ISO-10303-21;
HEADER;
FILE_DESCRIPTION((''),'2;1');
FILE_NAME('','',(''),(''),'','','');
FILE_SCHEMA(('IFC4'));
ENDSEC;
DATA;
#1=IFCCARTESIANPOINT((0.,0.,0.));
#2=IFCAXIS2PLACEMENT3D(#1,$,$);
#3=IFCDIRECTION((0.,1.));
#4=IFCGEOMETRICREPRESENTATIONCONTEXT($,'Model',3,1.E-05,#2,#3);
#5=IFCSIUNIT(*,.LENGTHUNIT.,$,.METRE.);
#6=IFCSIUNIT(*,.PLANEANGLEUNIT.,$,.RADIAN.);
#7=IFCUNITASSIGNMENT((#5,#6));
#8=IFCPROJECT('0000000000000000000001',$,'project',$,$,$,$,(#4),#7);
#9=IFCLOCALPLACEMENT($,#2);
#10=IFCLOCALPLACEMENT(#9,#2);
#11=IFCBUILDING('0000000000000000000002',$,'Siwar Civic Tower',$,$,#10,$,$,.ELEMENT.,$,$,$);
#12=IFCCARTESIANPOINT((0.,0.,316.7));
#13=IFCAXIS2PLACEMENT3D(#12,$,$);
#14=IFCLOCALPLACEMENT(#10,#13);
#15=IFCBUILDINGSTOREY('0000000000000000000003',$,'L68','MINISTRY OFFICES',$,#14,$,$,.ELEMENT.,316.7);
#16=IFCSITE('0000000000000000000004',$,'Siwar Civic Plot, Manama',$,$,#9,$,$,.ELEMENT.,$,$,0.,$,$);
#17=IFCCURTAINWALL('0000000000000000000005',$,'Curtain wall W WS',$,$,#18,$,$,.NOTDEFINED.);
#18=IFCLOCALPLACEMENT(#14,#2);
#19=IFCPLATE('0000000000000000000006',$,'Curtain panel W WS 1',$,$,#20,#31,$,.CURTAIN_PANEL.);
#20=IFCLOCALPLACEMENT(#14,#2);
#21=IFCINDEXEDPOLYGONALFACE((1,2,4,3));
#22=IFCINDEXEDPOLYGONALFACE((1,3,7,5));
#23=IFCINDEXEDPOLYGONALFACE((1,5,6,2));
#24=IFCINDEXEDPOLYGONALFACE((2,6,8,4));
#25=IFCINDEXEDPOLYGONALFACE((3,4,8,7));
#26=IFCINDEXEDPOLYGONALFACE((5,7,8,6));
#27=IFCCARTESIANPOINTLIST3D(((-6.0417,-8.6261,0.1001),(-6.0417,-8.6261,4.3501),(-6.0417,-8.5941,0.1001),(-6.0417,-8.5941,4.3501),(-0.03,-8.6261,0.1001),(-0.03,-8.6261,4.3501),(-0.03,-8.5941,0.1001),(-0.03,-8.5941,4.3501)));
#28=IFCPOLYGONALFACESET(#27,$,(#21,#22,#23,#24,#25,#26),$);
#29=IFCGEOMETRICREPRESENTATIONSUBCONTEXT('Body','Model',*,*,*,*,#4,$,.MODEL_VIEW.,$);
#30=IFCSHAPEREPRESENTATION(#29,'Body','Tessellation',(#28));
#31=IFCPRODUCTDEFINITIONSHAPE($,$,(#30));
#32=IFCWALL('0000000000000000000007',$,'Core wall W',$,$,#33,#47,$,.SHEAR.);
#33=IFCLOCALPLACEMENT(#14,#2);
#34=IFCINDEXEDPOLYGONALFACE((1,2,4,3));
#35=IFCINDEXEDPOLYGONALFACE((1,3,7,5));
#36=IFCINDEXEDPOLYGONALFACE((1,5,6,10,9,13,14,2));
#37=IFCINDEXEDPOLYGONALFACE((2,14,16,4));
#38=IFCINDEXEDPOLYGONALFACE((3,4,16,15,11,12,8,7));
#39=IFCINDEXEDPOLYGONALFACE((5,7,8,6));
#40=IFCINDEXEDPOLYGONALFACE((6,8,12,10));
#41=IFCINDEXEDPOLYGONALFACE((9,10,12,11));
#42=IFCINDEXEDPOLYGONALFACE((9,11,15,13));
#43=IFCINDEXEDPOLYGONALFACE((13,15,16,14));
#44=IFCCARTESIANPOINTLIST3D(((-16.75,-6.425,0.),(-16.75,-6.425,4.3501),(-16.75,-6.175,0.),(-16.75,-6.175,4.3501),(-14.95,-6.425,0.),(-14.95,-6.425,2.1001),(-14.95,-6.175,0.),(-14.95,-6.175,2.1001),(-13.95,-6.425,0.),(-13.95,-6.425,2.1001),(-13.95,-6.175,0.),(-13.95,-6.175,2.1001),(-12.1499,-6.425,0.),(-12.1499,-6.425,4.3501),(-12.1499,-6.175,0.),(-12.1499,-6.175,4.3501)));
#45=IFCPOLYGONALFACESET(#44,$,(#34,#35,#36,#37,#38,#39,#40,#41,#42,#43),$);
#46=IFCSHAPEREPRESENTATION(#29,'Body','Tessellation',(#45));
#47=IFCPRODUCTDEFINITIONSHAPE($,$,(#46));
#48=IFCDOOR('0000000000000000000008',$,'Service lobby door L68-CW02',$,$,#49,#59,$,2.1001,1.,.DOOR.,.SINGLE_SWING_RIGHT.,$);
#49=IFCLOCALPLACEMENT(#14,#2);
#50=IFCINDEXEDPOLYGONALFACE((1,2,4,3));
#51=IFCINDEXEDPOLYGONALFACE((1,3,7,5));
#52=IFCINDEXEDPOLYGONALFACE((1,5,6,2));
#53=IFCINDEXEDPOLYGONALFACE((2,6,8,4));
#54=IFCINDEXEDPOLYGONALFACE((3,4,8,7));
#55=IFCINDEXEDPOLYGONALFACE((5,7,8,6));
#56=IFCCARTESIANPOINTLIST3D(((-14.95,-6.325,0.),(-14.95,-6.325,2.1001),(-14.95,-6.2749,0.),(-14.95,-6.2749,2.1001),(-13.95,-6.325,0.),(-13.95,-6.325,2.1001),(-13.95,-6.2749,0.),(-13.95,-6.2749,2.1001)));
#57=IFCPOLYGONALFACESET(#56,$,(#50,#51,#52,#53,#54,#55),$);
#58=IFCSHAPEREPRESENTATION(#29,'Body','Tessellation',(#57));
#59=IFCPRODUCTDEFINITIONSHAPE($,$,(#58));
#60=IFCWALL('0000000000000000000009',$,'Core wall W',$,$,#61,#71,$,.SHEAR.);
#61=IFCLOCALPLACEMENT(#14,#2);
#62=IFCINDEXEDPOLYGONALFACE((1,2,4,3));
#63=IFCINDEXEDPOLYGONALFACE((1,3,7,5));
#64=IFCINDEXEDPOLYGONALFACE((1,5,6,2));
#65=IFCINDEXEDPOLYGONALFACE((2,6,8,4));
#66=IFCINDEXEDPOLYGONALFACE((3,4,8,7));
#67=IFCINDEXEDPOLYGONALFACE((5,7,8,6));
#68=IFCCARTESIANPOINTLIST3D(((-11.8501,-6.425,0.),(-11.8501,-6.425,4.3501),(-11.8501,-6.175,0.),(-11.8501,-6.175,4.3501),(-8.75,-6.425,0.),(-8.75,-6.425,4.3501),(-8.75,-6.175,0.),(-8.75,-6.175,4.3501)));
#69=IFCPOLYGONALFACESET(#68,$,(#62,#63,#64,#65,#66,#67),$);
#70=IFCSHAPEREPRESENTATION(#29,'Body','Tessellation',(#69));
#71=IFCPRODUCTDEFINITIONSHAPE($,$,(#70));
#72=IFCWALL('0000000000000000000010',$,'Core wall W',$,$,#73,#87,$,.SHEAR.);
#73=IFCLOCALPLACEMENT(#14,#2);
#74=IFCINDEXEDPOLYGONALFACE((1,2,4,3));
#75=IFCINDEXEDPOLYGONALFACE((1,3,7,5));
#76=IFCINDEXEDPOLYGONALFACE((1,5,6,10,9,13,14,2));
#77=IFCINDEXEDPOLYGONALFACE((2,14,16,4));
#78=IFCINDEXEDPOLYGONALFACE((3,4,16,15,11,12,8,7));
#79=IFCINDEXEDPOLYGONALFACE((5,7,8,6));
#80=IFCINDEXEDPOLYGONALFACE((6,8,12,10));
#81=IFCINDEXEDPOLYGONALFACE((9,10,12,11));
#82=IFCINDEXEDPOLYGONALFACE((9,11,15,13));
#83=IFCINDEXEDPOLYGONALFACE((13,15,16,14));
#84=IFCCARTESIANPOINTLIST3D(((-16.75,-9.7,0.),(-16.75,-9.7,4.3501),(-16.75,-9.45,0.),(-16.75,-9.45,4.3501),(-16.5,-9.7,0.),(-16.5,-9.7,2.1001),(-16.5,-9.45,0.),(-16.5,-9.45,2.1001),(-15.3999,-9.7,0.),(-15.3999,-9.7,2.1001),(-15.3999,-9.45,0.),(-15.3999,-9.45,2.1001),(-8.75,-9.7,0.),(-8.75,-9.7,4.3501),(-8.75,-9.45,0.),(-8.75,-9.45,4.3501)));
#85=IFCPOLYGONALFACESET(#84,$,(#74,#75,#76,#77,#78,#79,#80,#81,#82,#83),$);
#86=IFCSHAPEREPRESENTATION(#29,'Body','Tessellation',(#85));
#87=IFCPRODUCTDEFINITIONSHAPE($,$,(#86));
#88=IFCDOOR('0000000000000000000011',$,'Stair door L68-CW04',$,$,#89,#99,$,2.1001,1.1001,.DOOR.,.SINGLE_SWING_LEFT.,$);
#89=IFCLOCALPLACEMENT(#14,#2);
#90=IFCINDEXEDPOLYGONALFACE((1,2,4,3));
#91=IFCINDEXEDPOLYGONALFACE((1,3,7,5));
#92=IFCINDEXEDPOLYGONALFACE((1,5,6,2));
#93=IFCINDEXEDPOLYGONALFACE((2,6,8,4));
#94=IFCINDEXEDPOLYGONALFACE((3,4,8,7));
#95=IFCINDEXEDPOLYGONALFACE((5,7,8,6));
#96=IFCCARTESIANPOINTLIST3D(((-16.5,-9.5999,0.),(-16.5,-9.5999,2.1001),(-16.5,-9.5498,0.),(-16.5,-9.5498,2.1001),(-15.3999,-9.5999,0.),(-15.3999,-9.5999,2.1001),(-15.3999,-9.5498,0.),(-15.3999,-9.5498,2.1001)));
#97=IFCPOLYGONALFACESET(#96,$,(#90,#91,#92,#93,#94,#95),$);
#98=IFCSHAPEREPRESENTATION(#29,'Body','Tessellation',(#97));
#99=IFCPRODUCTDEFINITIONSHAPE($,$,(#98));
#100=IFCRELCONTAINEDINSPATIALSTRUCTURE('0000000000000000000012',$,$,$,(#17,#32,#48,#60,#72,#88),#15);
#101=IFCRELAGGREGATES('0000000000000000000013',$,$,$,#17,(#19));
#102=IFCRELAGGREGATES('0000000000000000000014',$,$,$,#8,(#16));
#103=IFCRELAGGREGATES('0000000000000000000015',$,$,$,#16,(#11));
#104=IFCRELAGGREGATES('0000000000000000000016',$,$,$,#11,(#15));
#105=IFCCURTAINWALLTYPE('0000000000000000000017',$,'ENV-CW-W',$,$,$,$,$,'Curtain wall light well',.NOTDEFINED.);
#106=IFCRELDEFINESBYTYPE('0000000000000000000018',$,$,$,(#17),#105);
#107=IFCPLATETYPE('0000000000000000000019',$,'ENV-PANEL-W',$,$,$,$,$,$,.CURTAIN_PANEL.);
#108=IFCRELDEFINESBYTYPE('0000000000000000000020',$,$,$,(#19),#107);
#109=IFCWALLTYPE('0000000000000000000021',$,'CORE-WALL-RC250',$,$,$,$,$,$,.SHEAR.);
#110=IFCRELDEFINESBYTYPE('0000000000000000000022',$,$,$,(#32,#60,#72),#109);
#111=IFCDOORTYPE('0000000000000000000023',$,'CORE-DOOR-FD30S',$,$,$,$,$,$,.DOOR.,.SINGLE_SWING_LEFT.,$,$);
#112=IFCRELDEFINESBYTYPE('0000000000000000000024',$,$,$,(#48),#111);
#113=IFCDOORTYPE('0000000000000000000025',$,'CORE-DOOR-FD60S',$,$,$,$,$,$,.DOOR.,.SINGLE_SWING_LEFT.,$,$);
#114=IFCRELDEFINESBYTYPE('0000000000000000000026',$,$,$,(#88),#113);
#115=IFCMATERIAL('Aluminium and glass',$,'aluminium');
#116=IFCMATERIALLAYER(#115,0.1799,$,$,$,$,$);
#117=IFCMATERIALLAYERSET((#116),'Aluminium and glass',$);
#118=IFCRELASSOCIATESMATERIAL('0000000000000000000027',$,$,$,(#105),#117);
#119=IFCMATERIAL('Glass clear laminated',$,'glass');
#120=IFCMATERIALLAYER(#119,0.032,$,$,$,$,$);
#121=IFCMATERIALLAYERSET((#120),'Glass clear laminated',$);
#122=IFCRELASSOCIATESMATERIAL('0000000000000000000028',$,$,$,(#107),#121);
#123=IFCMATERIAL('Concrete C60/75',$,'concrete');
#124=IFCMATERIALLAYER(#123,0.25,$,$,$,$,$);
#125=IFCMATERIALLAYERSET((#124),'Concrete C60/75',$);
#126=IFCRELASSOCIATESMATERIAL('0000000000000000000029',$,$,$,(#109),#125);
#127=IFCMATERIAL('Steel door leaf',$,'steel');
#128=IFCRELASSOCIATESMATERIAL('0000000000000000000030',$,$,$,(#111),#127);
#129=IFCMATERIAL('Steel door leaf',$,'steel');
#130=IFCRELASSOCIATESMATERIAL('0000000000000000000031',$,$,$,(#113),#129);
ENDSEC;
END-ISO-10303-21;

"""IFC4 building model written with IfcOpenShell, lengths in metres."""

from ifc_helpers import new_model, si_unit, direction, frame, frame_2d, origin, origin_2d, place, context, subcontext, project, spatial, rectangle, extrude, material, layer, layer_set, type_object, element, fill, aggregate, save


model = new_model("IFC4")

# Units and contexts
model_context = context("Model", 3, precision=1e-05, world=origin(), true_north=direction((0.0, 1.0)))
body_context = subcontext(model_context, "Body", "Model", "MODEL_VIEW")
ifc_project = project(units=[si_unit("LENGTHUNIT", "METRE"), si_unit("PLANEANGLEUNIT", "RADIAN")], contexts=[model_context])

# Site, building, storey
site_placement = place(None, origin())
site = spatial("IfcSite", under=ifc_project, at=site_placement, Name="Siwar Civic Plot, Manama", CompositionType="ELEMENT", RefElevation=0.0)
building_placement = place(site_placement, origin())
building = spatial("IfcBuilding", under=site, at=building_placement, Name="Siwar Civic Tower", CompositionType="ELEMENT")
storey_placement = place(building_placement, frame((0.0, 0.0, 316.7)))
storey = spatial("IfcBuildingStorey", under=building, at=storey_placement, Name="L68", Description="MINISTRY OFFICES", CompositionType="ELEMENT", Elevation=316.7)

# Curtain wall
ifc_material_1 = material(Name="Aluminium and glass", Category="aluminium")
ifc_layer_1 = layer(ifc_material_1, 0.1799)
ifc_layer_set_1 = layer_set([ifc_layer_1], Name="Aluminium and glass")
curtain_wall_type = type_object("IfcCurtainWallType", Name="ENV-CW-W", ElementType="Curtain wall light well", PredefinedType="NOTDEFINED", material=ifc_layer_set_1)
curtain_wall_placement = place(storey_placement, origin())
curtain_wall = element("IfcCurtainWall", 1, at=curtain_wall_placement, inside=storey, type_object=curtain_wall_type, Name="Curtain wall W WS", PredefinedType="NOTDEFINED")

# Plate
ifc_material_2 = material(Name="Glass clear laminated", Category="glass")
ifc_layer_2 = layer(ifc_material_2, 0.032)
ifc_layer_set_2 = layer_set([ifc_layer_2], Name="Glass clear laminated")
plate_type = type_object("IfcPlateType", Name="ENV-PANEL-W", PredefinedType="CURTAIN_PANEL", material=ifc_layer_set_2)
plate_placement = place(storey_placement, frame((-3.0359, -8.6101, 0.1001), z_axis=(0.0, 0.0, 1.0), x_axis=(1.0, 0.0, 0.0)))
plate = element("IfcPlate", 2, at=plate_placement, type_object=plate_type, Name="Curtain panel W WS 1", PredefinedType="CURTAIN_PANEL", context=body_context, shape_type="SweptSolid", body=[
    extrude(rectangle(XDim=6.0117, YDim=0.032, at=origin_2d()), origin(), (0.0, 0.0, 1.0), 4.25),
])
aggregate(curtain_wall, [plate])

# Wall, opening, door
ifc_material_3 = material(Name="Concrete C60/75", Category="concrete")
ifc_layer_3 = layer(ifc_material_3, 0.25)
ifc_layer_set_3 = layer_set([ifc_layer_3], Name="Concrete C60/75")
wall_type_1 = type_object("IfcWallType", Name="CORE-WALL-RC250", PredefinedType="SHEAR", material=ifc_layer_set_3)
wall_1_placement = place(storey_placement, frame((-12.1499, -6.3, 0.0), z_axis=(0.0, 0.0, 1.0), x_axis=(-1.0, 0.0, 0.0)))
wall_1 = element("IfcWall", 3, at=wall_1_placement, inside=storey, type_object=wall_type_1, Name="Core wall W", PredefinedType="SHEAR", context=body_context, shape_type="SweptSolid", body=[
    extrude(rectangle(XDim=4.6001, YDim=0.25, at=frame_2d((2.3, 0.0))), origin(), (0.0, 0.0, 1.0), 4.3501),
])
opening_1_placement = place(wall_1_placement, frame((1.8, 0.0, 0.0)))
opening_1 = element("IfcOpeningElement", 4, at=opening_1_placement, cuts=wall_1, PredefinedType="OPENING", context=body_context, shape_type="SweptSolid", body=[
    extrude(rectangle(XDim=1.0, YDim=2.1001, at=frame_2d((0.5, 1.05))), frame((0.0, 0.135, 0.0), z_axis=(0.0, -1.0, 0.0), x_axis=(1.0, 0.0, 0.0)), (0.0, 0.0, 1.0), 0.27),
])
ifc_material_4 = material(Name="Steel door leaf", Category="steel")
door_type_1 = type_object("IfcDoorType", Name="CORE-DOOR-FD30S", OperationType="SINGLE_SWING_LEFT", PredefinedType="DOOR", material=ifc_material_4)
door_1_placement = place(opening_1_placement, origin())
door_1 = element("IfcDoor", 5, at=door_1_placement, inside=storey, type_object=door_type_1, Name="Service lobby door L68-CW02", OperationType="SINGLE_SWING_RIGHT", OverallHeight=2.1001, OverallWidth=1.0, PredefinedType="DOOR", context=body_context, shape_type="SweptSolid", body=[
    extrude(rectangle(XDim=1.0, YDim=2.1001, at=frame_2d((0.5, 1.05))), frame((0.0, 0.0249, 0.0), z_axis=(0.0, -1.0, 0.0), x_axis=(1.0, 0.0, 0.0)), (0.0, 0.0, 1.0), 0.05),
])
fill(opening_1, door_1)

# Wall
wall_2_placement = place(storey_placement, frame((-8.75, -6.3, 0.0), z_axis=(0.0, 0.0, 1.0), x_axis=(-1.0, 0.0, 0.0)))
element("IfcWall", 6, at=wall_2_placement, inside=storey, type_object=wall_type_1, Name="Core wall W", PredefinedType="SHEAR", context=body_context, shape_type="SweptSolid", body=[
    extrude(rectangle(XDim=3.1001, YDim=0.25, at=frame_2d((1.55, 0.0))), origin(), (0.0, 0.0, 1.0), 4.3501),
])

# Wall, opening, door
wall_3_placement = place(storey_placement, frame((-8.75, -9.575, 0.0), z_axis=(0.0, 0.0, 1.0), x_axis=(-1.0, 0.0, 0.0)))
wall_3 = element("IfcWall", 7, at=wall_3_placement, inside=storey, type_object=wall_type_1, Name="Core wall W", PredefinedType="SHEAR", context=body_context, shape_type="SweptSolid", body=[
    extrude(rectangle(XDim=8.0, YDim=0.25, at=frame_2d((4.0, 0.0))), origin(), (0.0, 0.0, 1.0), 4.3501),
])
opening_2_placement = place(wall_3_placement, frame((6.6499, 0.0, 0.0)))
opening_2 = element("IfcOpeningElement", 8, at=opening_2_placement, cuts=wall_3, PredefinedType="OPENING", context=body_context, shape_type="SweptSolid", body=[
    extrude(rectangle(XDim=1.1001, YDim=2.1001, at=frame_2d((0.55, 1.05))), frame((0.0, 0.135, 0.0), z_axis=(0.0, -1.0, 0.0), x_axis=(1.0, 0.0, 0.0)), (0.0, 0.0, 1.0), 0.27),
])
ifc_material_5 = material(Name="Steel door leaf", Category="steel")
door_type_2 = type_object("IfcDoorType", Name="CORE-DOOR-FD60S", OperationType="SINGLE_SWING_LEFT", PredefinedType="DOOR", material=ifc_material_5)
door_2_placement = place(opening_2_placement, origin())
door_2 = element("IfcDoor", 9, at=door_2_placement, inside=storey, type_object=door_type_2, Name="Stair door L68-CW04", OperationType="SINGLE_SWING_LEFT", OverallHeight=2.1001, OverallWidth=1.1001, PredefinedType="DOOR", context=body_context, shape_type="SweptSolid", body=[
    extrude(rectangle(XDim=1.1001, YDim=2.1001, at=frame_2d((0.55, 1.05))), frame((0.0, 0.0249, 0.0), z_axis=(0.0, -1.0, 0.0), x_axis=(1.0, 0.0, 0.0)), (0.0, 0.0, 1.0), 0.05),
])
fill(opening_2, door_2)

save(model, "model.ifc")
